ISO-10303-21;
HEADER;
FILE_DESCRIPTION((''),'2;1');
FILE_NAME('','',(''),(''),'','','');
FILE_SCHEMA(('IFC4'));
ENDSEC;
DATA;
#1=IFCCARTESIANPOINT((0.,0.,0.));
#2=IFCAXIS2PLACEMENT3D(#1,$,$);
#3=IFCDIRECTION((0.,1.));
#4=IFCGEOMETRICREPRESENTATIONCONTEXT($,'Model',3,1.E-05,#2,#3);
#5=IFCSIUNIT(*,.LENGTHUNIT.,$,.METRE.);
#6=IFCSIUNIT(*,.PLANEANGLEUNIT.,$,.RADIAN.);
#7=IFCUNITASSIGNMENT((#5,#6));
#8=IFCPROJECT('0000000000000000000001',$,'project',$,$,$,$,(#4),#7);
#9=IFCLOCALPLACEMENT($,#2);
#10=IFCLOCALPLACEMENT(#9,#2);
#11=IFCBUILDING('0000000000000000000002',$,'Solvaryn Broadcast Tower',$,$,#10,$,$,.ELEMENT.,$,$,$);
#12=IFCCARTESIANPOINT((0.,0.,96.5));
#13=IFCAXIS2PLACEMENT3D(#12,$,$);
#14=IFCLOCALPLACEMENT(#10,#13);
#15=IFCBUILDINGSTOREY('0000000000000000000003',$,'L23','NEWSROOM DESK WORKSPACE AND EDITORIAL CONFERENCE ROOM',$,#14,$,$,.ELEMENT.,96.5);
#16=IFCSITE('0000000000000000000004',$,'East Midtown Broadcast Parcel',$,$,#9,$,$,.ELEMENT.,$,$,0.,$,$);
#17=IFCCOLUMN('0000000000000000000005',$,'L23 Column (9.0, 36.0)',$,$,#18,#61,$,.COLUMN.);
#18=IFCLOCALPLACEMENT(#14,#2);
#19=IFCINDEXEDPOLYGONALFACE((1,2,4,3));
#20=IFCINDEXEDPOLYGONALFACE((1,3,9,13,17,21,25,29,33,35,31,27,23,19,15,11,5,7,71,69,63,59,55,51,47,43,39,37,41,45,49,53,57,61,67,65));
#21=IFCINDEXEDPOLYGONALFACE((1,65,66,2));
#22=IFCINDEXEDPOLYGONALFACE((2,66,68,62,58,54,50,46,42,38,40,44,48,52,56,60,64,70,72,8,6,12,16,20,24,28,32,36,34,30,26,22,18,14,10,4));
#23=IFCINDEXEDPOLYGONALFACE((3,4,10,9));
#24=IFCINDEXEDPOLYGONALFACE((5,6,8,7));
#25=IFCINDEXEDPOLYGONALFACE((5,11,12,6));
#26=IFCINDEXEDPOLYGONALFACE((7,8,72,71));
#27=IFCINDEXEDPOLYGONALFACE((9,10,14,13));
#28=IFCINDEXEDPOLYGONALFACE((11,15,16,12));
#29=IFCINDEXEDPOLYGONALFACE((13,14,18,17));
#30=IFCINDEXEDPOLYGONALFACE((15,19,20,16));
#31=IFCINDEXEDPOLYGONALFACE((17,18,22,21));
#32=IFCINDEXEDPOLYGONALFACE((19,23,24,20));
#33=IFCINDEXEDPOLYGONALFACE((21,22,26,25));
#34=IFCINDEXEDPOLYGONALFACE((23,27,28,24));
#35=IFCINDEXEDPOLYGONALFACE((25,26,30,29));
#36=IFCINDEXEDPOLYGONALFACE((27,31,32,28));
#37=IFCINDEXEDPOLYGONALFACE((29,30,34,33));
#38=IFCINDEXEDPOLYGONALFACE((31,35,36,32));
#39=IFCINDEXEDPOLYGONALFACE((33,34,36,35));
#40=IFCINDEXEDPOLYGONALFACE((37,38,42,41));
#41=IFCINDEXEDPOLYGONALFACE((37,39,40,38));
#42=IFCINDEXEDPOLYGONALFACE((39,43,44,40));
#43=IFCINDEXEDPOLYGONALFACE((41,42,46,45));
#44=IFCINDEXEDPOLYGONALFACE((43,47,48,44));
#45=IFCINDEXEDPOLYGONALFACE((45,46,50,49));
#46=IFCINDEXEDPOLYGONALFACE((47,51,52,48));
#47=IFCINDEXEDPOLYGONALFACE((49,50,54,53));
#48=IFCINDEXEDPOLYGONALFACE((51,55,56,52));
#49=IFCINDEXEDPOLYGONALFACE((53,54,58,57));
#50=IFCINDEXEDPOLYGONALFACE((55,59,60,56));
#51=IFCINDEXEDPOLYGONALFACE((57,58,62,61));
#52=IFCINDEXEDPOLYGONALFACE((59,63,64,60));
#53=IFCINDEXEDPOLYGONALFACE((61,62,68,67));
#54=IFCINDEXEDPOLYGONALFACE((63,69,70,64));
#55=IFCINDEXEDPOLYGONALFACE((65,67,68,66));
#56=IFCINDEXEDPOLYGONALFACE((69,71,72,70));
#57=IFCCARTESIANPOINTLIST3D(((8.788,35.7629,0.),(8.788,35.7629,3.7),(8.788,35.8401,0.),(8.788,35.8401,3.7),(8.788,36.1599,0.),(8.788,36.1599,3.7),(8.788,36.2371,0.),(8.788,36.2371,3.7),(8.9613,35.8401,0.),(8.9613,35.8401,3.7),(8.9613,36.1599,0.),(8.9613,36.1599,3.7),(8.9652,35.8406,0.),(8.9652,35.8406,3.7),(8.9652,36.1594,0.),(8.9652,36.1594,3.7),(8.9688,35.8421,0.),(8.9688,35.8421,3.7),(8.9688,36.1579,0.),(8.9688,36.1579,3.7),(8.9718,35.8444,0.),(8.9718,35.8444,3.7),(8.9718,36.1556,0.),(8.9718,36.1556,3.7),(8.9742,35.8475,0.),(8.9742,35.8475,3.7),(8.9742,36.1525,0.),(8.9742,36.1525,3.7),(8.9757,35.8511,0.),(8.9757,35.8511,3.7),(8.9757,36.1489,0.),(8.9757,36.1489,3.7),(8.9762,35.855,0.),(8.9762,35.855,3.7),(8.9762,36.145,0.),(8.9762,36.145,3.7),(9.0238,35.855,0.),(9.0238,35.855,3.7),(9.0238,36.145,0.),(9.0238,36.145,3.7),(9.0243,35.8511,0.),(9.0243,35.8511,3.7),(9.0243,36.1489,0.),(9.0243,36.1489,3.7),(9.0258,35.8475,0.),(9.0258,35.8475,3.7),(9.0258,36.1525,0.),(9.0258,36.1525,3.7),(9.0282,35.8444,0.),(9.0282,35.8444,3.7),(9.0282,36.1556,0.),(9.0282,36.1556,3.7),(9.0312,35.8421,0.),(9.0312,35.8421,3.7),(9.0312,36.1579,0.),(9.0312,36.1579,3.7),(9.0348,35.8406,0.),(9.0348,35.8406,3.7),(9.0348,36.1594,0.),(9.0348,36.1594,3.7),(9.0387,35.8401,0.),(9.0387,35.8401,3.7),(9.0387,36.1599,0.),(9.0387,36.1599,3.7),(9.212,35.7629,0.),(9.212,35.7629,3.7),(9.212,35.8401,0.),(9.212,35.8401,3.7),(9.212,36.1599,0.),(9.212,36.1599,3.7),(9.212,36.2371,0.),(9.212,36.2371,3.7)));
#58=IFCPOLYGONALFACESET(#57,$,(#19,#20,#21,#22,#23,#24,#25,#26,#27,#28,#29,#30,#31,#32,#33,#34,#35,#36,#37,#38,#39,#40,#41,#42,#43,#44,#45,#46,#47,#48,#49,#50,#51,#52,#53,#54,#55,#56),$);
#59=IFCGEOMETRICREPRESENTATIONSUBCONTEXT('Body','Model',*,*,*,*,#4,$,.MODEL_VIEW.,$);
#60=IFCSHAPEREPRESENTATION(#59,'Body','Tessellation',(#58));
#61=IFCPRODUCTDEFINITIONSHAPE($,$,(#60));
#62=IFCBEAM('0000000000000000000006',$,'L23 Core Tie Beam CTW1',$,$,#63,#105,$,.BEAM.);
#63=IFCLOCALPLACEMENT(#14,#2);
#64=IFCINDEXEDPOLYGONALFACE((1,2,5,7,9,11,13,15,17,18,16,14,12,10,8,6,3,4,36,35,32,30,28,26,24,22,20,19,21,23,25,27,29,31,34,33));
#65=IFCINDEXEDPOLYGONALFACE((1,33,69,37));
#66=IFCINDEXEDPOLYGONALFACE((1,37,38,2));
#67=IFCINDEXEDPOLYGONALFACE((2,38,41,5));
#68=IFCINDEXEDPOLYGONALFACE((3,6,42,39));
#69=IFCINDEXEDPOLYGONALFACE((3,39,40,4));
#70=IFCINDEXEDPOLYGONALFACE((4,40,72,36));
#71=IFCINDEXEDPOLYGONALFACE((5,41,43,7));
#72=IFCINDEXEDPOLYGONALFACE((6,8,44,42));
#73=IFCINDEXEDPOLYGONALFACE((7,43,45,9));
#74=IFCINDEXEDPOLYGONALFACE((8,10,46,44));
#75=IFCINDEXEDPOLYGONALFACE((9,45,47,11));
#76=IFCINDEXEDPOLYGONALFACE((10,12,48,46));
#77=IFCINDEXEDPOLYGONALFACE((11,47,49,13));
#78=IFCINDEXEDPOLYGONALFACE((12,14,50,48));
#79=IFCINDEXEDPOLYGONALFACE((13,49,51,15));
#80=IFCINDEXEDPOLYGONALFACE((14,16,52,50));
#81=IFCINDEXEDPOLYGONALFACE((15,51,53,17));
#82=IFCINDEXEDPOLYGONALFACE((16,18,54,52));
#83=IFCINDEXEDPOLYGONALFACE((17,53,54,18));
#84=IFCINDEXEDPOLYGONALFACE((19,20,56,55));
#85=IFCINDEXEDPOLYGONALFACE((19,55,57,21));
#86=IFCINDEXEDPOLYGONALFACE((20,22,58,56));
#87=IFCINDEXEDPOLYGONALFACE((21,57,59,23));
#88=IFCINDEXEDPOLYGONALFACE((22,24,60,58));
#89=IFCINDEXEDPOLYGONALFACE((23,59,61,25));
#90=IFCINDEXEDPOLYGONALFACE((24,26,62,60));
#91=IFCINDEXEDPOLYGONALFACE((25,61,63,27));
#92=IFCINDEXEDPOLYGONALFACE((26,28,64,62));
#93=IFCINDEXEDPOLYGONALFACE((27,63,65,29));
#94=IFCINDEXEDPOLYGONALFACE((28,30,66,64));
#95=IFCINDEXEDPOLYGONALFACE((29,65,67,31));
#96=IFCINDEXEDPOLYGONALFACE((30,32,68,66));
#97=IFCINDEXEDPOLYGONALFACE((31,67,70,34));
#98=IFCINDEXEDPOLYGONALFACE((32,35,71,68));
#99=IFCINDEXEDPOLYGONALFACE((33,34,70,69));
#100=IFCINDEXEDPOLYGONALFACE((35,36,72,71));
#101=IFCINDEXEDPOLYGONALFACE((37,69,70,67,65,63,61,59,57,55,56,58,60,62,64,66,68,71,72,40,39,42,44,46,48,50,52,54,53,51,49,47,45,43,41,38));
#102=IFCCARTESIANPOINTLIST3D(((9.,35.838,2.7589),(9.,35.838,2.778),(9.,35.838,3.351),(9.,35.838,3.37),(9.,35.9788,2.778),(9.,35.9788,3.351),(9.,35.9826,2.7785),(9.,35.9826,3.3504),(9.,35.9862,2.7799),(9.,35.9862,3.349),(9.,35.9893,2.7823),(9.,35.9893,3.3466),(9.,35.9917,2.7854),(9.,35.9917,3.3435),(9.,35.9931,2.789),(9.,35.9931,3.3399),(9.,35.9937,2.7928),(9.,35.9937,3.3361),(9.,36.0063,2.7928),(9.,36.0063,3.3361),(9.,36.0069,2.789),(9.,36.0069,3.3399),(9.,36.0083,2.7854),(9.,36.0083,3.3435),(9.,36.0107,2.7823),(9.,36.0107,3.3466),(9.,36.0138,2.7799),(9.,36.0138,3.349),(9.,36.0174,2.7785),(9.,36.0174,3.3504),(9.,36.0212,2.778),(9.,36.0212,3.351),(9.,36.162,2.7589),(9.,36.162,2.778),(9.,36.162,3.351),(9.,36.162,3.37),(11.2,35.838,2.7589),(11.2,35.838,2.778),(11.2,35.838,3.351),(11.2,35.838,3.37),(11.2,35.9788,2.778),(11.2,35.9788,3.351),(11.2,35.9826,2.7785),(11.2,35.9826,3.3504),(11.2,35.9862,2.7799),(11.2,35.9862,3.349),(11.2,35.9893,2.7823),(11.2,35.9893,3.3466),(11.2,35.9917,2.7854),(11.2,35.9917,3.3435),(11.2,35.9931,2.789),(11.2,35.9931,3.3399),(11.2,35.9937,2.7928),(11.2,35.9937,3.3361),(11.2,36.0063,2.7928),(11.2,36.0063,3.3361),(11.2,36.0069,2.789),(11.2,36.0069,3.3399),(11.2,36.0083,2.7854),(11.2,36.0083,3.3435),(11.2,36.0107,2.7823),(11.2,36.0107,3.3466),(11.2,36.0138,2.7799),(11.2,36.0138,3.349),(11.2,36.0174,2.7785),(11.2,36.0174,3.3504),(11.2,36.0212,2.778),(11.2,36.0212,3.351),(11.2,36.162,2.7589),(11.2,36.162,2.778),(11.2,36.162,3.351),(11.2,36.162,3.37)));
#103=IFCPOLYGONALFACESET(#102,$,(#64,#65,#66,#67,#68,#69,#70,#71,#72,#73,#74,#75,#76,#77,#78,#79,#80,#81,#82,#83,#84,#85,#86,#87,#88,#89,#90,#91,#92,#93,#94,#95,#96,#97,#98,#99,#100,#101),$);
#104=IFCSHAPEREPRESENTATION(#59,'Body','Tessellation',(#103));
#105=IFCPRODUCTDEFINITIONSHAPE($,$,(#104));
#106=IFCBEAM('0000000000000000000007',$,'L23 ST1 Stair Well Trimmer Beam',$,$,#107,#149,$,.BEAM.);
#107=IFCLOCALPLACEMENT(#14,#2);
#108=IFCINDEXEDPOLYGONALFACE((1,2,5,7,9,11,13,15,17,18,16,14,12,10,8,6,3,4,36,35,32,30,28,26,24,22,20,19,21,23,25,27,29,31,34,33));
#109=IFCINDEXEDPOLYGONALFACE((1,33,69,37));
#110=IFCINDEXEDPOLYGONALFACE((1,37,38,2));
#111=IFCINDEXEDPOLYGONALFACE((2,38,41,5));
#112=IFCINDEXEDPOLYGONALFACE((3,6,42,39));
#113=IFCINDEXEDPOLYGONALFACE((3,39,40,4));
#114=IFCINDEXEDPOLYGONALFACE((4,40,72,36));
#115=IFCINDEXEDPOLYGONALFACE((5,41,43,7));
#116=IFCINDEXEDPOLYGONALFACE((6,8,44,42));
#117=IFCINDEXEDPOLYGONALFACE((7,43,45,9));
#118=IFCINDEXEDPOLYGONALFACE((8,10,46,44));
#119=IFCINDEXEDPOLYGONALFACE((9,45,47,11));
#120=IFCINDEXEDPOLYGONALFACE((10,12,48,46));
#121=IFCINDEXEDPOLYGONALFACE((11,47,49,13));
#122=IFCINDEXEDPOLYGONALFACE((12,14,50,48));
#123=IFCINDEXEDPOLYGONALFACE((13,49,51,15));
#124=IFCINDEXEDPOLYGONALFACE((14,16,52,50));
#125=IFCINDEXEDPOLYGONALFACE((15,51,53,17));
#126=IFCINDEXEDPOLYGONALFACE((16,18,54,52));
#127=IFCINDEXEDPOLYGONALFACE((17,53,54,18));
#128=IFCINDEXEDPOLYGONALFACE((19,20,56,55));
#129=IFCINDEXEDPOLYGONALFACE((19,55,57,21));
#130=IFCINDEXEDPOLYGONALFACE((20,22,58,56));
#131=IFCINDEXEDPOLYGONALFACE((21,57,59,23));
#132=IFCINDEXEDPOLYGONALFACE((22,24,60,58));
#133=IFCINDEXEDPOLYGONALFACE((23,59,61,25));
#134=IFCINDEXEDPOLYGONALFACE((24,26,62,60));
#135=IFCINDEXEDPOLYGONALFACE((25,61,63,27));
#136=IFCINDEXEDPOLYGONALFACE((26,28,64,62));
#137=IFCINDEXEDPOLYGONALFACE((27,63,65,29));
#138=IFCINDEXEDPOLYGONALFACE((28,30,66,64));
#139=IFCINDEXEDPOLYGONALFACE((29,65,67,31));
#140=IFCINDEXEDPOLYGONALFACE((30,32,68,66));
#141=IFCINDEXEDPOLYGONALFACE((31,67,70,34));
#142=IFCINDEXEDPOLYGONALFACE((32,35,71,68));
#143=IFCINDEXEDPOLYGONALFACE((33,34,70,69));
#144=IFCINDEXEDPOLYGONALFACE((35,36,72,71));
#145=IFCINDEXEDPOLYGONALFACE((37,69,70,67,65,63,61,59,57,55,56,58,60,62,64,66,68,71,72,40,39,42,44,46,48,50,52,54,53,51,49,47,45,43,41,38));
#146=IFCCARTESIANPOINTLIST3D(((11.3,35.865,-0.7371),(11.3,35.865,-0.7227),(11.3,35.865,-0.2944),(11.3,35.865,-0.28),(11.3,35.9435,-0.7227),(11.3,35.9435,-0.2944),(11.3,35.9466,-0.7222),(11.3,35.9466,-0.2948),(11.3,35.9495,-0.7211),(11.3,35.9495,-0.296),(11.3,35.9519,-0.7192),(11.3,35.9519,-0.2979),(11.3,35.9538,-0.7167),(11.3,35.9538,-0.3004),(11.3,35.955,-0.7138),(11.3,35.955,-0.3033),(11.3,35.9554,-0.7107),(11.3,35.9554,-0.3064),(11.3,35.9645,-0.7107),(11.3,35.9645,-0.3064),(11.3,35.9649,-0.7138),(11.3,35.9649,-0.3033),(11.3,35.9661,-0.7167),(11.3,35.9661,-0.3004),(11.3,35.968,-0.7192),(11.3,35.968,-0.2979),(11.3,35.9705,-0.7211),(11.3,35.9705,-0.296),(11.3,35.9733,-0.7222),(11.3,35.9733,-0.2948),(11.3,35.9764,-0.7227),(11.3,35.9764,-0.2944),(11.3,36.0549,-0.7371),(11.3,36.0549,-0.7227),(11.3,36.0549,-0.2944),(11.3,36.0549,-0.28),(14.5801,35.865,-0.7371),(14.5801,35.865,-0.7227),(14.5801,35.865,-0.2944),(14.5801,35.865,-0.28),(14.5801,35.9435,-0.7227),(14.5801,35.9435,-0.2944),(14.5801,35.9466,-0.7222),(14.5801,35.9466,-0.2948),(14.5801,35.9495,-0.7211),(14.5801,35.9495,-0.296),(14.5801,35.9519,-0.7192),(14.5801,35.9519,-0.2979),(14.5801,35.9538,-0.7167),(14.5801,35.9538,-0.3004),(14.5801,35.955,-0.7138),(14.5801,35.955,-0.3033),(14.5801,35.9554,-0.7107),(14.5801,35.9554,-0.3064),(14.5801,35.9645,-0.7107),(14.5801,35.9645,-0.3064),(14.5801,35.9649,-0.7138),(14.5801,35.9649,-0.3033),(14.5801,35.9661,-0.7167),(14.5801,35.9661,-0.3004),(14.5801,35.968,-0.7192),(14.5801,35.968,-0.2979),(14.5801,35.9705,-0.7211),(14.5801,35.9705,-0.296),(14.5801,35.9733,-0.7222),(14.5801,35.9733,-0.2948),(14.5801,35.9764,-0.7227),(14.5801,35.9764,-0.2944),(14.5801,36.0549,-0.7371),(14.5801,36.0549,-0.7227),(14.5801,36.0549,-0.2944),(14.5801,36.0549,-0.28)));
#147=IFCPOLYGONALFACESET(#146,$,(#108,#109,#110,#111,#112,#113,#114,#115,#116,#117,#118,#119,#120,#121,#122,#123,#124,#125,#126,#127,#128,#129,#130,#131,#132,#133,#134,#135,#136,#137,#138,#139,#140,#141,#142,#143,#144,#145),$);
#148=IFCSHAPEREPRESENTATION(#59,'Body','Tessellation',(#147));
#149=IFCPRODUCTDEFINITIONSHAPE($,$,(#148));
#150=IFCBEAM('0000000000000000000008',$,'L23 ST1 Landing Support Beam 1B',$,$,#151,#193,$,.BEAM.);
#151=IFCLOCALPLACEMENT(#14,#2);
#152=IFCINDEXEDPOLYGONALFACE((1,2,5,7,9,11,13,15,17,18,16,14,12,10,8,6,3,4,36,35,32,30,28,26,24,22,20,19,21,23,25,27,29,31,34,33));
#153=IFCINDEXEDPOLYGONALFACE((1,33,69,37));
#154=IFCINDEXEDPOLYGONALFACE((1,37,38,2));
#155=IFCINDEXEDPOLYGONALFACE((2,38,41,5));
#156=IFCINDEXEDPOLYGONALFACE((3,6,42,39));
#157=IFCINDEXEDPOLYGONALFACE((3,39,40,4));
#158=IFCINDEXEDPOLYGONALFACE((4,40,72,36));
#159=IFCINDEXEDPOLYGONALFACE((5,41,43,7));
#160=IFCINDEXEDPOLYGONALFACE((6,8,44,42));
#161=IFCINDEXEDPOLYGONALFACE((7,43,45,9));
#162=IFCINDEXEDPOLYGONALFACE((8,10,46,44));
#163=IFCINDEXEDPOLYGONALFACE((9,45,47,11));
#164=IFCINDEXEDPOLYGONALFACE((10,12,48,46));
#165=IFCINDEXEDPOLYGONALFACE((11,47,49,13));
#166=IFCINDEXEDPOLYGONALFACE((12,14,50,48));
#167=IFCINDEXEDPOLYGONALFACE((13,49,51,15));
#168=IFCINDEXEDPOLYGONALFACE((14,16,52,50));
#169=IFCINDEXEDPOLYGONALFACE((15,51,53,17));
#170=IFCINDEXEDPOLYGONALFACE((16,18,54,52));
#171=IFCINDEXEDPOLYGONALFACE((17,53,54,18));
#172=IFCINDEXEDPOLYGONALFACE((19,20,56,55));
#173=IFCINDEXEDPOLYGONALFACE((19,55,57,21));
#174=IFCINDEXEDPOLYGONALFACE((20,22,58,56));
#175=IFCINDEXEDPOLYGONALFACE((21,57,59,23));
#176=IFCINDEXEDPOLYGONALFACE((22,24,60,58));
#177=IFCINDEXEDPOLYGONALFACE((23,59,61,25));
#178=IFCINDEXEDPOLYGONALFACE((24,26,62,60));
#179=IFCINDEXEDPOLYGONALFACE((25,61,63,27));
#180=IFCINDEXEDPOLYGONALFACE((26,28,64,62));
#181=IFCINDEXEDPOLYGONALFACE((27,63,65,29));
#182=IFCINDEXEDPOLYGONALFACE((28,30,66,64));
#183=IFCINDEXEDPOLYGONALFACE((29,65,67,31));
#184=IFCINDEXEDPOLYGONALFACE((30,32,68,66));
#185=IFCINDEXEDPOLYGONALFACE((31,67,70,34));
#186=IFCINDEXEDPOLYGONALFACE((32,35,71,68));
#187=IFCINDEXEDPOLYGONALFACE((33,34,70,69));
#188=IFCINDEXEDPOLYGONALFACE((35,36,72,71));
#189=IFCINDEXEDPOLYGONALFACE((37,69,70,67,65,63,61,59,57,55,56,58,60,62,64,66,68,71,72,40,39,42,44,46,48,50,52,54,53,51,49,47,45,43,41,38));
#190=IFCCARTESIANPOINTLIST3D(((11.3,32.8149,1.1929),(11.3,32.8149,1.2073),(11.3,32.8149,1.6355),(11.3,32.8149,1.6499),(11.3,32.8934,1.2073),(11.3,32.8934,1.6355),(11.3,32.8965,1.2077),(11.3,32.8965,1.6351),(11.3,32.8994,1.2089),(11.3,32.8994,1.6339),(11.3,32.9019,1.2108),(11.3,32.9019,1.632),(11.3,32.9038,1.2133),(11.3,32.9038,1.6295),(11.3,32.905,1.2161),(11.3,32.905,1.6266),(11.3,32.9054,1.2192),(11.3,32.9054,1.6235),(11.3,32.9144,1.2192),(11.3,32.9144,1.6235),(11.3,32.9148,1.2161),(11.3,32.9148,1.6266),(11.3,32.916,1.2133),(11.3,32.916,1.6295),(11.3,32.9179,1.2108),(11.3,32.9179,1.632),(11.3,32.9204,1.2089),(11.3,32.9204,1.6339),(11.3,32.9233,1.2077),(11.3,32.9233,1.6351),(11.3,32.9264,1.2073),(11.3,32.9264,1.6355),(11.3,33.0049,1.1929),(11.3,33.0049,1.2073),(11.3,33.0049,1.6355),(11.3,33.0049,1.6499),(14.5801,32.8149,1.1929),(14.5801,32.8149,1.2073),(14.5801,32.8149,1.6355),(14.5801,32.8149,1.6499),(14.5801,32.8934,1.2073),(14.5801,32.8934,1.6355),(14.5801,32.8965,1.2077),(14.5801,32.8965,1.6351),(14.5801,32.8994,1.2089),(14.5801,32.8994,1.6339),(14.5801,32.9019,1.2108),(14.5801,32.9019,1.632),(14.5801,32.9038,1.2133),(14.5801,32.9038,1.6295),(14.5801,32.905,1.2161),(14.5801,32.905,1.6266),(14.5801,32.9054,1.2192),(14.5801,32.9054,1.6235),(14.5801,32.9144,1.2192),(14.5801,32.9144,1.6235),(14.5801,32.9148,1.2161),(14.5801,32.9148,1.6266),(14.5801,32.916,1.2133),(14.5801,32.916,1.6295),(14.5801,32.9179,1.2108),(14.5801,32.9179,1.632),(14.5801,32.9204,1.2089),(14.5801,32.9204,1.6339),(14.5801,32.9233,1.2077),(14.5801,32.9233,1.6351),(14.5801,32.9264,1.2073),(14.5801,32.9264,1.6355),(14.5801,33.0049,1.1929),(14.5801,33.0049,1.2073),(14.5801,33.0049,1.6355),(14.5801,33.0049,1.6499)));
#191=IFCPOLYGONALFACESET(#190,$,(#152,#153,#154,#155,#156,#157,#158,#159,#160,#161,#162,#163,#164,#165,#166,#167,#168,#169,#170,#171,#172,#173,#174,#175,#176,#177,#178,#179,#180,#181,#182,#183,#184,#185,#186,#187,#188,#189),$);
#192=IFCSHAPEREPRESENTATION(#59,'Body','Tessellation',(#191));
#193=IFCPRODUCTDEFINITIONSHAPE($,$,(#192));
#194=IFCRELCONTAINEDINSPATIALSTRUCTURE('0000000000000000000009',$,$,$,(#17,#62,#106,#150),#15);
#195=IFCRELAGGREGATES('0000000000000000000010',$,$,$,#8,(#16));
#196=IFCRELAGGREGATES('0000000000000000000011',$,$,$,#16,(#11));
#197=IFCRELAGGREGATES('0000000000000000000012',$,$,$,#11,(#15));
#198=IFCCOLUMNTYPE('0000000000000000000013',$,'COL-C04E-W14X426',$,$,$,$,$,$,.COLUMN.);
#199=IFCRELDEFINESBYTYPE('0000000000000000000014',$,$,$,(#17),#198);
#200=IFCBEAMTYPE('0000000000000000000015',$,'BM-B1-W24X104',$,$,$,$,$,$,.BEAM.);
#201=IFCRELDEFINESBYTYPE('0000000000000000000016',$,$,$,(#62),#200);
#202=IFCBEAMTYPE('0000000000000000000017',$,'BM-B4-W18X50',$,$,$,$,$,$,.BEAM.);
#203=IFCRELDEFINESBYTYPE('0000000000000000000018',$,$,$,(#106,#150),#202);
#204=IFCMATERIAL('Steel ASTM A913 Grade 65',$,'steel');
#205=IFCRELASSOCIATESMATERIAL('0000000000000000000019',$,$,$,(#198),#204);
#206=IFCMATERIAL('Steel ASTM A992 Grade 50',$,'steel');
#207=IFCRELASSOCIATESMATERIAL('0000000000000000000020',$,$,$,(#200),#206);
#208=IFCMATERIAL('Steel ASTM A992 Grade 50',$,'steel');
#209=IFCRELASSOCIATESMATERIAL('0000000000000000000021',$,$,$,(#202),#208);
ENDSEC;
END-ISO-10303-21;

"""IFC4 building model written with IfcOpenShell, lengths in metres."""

from ifc_helpers import new_model, si_unit, direction, frame, origin, origin_2d, place, context, subcontext, project, spatial, i_section, extrude, material, material_profile, profile_set, type_object, element, save


model = new_model("IFC4")

# Units and contexts
model_context = context("Model", 3, precision=1e-05, world=origin(), true_north=direction((0.0, 1.0)))
body_context = subcontext(model_context, "Body", "Model", "MODEL_VIEW")
ifc_project = project(units=[si_unit("LENGTHUNIT", "METRE"), si_unit("PLANEANGLEUNIT", "RADIAN")], contexts=[model_context])

# Site, building, storey
site_placement = place(None, origin())
site = spatial("IfcSite", under=ifc_project, at=site_placement, Name="East Midtown Broadcast Parcel", CompositionType="ELEMENT", RefElevation=0.0)
building_placement = place(site_placement, origin())
building = spatial("IfcBuilding", under=site, at=building_placement, Name="Solvaryn Broadcast Tower", CompositionType="ELEMENT")
storey_placement = place(building_placement, frame((0.0, 0.0, 96.5)))
storey = spatial("IfcBuildingStorey", under=building, at=storey_placement, Name="L23", Description="NEWSROOM DESK WORKSPACE AND EDITORIAL CONFERENCE ROOM", CompositionType="ELEMENT", Elevation=96.5)

# Column
ifc_material_1 = material(Name="Steel ASTM A913 Grade 65", Category="steel")
ifc_material_profile_1 = material_profile(ifc_material_1, i_section(OverallWidth=0.4241, OverallDepth=0.4741, WebThickness=0.0476, FlangeThickness=0.0771, FilletRadius=0.0149, at=origin_2d()))
ifc_profile_set_1 = profile_set([ifc_material_profile_1], Name="Steel ASTM A913 Grade 65")
column_type = type_object("IfcColumnType", Name="COL-C04E-W14X426", PredefinedType="COLUMN", material=ifc_profile_set_1)
column_placement = place(storey_placement, frame((9.0, 36.0, 0.0), z_axis=(0.0, 0.0, 1.0), x_axis=(1.0, 0.0, 0.0)))
element("IfcColumn", 1, at=column_placement, inside=storey, type_object=column_type, Name="L23 Column (9.0, 36.0)", PredefinedType="COLUMN", context=body_context, shape_type="SweptSolid", body=[
    extrude(i_section(OverallWidth=0.4241, OverallDepth=0.4741, WebThickness=0.0476, FlangeThickness=0.0771, FilletRadius=0.0149, at=origin_2d()), origin(), (0.0, 0.0, 1.0), 3.7),
])

# Beams
ifc_material_2 = material(Name="Steel ASTM A992 Grade 50", Category="steel")
ifc_material_profile_2 = material_profile(ifc_material_2, i_section(OverallWidth=0.324, OverallDepth=0.6111, WebThickness=0.0127, FlangeThickness=0.019, FilletRadius=0.0149, at=origin_2d()))
ifc_profile_set_2 = profile_set([ifc_material_profile_2], Name="Steel ASTM A992 Grade 50")
beam_type_1 = type_object("IfcBeamType", Name="BM-B1-W24X104", PredefinedType="BEAM", material=ifc_profile_set_2)
beam_1_placement = place(storey_placement, frame((9.0, 36.0, 3.0645), z_axis=(1.0, 0.0, 0.0), x_axis=(0.0, 1.0, 0.0)))
element("IfcBeam", 2, at=beam_1_placement, inside=storey, type_object=beam_type_1, Name="L23 Core Tie Beam CTW1", PredefinedType="BEAM", context=body_context, shape_type="SweptSolid", body=[
    extrude(i_section(OverallWidth=0.324, OverallDepth=0.6111, WebThickness=0.0127, FlangeThickness=0.019, FilletRadius=0.0149, at=origin_2d()), origin(), (0.0, 0.0, 1.0), 2.2),
])
ifc_material_3 = material(Name="Steel ASTM A992 Grade 50", Category="steel")
ifc_material_profile_3 = material_profile(ifc_material_3, i_section(OverallWidth=0.1899, OverallDepth=0.457, WebThickness=0.009, FlangeThickness=0.0144, FilletRadius=0.012, at=origin_2d()))
ifc_profile_set_3 = profile_set([ifc_material_profile_3], Name="Steel ASTM A992 Grade 50")
beam_type_2 = type_object("IfcBeamType", Name="BM-B4-W18X50", PredefinedType="BEAM", material=ifc_profile_set_3)
for number, where, z_axis, x_axis, name in (
    (3, (11.3, 35.96, -0.5085), (1.0, 0.0, 0.0), (0.0, 1.0, 0.0), "L23 ST1 Stair Well Trimmer Beam"),
    (4, (11.3, 32.9099, 1.4214), (1.0, 0.0, 0.0), (0.0, 1.0, 0.0), "L23 ST1 Landing Support Beam 1B"),
):
    element("IfcBeam", number, at=place(storey_placement, frame(where, z_axis=z_axis, x_axis=x_axis)), inside=storey, type_object=beam_type_2, Name=name, PredefinedType="BEAM", context=body_context, shape_type="SweptSolid", body=[
        extrude(i_section(OverallWidth=0.1899, OverallDepth=0.457, WebThickness=0.009, FlangeThickness=0.0144, FilletRadius=0.012, at=origin_2d()), origin(), (0.0, 0.0, 1.0), 3.28),
    ])

save(model, "model.ifc")
